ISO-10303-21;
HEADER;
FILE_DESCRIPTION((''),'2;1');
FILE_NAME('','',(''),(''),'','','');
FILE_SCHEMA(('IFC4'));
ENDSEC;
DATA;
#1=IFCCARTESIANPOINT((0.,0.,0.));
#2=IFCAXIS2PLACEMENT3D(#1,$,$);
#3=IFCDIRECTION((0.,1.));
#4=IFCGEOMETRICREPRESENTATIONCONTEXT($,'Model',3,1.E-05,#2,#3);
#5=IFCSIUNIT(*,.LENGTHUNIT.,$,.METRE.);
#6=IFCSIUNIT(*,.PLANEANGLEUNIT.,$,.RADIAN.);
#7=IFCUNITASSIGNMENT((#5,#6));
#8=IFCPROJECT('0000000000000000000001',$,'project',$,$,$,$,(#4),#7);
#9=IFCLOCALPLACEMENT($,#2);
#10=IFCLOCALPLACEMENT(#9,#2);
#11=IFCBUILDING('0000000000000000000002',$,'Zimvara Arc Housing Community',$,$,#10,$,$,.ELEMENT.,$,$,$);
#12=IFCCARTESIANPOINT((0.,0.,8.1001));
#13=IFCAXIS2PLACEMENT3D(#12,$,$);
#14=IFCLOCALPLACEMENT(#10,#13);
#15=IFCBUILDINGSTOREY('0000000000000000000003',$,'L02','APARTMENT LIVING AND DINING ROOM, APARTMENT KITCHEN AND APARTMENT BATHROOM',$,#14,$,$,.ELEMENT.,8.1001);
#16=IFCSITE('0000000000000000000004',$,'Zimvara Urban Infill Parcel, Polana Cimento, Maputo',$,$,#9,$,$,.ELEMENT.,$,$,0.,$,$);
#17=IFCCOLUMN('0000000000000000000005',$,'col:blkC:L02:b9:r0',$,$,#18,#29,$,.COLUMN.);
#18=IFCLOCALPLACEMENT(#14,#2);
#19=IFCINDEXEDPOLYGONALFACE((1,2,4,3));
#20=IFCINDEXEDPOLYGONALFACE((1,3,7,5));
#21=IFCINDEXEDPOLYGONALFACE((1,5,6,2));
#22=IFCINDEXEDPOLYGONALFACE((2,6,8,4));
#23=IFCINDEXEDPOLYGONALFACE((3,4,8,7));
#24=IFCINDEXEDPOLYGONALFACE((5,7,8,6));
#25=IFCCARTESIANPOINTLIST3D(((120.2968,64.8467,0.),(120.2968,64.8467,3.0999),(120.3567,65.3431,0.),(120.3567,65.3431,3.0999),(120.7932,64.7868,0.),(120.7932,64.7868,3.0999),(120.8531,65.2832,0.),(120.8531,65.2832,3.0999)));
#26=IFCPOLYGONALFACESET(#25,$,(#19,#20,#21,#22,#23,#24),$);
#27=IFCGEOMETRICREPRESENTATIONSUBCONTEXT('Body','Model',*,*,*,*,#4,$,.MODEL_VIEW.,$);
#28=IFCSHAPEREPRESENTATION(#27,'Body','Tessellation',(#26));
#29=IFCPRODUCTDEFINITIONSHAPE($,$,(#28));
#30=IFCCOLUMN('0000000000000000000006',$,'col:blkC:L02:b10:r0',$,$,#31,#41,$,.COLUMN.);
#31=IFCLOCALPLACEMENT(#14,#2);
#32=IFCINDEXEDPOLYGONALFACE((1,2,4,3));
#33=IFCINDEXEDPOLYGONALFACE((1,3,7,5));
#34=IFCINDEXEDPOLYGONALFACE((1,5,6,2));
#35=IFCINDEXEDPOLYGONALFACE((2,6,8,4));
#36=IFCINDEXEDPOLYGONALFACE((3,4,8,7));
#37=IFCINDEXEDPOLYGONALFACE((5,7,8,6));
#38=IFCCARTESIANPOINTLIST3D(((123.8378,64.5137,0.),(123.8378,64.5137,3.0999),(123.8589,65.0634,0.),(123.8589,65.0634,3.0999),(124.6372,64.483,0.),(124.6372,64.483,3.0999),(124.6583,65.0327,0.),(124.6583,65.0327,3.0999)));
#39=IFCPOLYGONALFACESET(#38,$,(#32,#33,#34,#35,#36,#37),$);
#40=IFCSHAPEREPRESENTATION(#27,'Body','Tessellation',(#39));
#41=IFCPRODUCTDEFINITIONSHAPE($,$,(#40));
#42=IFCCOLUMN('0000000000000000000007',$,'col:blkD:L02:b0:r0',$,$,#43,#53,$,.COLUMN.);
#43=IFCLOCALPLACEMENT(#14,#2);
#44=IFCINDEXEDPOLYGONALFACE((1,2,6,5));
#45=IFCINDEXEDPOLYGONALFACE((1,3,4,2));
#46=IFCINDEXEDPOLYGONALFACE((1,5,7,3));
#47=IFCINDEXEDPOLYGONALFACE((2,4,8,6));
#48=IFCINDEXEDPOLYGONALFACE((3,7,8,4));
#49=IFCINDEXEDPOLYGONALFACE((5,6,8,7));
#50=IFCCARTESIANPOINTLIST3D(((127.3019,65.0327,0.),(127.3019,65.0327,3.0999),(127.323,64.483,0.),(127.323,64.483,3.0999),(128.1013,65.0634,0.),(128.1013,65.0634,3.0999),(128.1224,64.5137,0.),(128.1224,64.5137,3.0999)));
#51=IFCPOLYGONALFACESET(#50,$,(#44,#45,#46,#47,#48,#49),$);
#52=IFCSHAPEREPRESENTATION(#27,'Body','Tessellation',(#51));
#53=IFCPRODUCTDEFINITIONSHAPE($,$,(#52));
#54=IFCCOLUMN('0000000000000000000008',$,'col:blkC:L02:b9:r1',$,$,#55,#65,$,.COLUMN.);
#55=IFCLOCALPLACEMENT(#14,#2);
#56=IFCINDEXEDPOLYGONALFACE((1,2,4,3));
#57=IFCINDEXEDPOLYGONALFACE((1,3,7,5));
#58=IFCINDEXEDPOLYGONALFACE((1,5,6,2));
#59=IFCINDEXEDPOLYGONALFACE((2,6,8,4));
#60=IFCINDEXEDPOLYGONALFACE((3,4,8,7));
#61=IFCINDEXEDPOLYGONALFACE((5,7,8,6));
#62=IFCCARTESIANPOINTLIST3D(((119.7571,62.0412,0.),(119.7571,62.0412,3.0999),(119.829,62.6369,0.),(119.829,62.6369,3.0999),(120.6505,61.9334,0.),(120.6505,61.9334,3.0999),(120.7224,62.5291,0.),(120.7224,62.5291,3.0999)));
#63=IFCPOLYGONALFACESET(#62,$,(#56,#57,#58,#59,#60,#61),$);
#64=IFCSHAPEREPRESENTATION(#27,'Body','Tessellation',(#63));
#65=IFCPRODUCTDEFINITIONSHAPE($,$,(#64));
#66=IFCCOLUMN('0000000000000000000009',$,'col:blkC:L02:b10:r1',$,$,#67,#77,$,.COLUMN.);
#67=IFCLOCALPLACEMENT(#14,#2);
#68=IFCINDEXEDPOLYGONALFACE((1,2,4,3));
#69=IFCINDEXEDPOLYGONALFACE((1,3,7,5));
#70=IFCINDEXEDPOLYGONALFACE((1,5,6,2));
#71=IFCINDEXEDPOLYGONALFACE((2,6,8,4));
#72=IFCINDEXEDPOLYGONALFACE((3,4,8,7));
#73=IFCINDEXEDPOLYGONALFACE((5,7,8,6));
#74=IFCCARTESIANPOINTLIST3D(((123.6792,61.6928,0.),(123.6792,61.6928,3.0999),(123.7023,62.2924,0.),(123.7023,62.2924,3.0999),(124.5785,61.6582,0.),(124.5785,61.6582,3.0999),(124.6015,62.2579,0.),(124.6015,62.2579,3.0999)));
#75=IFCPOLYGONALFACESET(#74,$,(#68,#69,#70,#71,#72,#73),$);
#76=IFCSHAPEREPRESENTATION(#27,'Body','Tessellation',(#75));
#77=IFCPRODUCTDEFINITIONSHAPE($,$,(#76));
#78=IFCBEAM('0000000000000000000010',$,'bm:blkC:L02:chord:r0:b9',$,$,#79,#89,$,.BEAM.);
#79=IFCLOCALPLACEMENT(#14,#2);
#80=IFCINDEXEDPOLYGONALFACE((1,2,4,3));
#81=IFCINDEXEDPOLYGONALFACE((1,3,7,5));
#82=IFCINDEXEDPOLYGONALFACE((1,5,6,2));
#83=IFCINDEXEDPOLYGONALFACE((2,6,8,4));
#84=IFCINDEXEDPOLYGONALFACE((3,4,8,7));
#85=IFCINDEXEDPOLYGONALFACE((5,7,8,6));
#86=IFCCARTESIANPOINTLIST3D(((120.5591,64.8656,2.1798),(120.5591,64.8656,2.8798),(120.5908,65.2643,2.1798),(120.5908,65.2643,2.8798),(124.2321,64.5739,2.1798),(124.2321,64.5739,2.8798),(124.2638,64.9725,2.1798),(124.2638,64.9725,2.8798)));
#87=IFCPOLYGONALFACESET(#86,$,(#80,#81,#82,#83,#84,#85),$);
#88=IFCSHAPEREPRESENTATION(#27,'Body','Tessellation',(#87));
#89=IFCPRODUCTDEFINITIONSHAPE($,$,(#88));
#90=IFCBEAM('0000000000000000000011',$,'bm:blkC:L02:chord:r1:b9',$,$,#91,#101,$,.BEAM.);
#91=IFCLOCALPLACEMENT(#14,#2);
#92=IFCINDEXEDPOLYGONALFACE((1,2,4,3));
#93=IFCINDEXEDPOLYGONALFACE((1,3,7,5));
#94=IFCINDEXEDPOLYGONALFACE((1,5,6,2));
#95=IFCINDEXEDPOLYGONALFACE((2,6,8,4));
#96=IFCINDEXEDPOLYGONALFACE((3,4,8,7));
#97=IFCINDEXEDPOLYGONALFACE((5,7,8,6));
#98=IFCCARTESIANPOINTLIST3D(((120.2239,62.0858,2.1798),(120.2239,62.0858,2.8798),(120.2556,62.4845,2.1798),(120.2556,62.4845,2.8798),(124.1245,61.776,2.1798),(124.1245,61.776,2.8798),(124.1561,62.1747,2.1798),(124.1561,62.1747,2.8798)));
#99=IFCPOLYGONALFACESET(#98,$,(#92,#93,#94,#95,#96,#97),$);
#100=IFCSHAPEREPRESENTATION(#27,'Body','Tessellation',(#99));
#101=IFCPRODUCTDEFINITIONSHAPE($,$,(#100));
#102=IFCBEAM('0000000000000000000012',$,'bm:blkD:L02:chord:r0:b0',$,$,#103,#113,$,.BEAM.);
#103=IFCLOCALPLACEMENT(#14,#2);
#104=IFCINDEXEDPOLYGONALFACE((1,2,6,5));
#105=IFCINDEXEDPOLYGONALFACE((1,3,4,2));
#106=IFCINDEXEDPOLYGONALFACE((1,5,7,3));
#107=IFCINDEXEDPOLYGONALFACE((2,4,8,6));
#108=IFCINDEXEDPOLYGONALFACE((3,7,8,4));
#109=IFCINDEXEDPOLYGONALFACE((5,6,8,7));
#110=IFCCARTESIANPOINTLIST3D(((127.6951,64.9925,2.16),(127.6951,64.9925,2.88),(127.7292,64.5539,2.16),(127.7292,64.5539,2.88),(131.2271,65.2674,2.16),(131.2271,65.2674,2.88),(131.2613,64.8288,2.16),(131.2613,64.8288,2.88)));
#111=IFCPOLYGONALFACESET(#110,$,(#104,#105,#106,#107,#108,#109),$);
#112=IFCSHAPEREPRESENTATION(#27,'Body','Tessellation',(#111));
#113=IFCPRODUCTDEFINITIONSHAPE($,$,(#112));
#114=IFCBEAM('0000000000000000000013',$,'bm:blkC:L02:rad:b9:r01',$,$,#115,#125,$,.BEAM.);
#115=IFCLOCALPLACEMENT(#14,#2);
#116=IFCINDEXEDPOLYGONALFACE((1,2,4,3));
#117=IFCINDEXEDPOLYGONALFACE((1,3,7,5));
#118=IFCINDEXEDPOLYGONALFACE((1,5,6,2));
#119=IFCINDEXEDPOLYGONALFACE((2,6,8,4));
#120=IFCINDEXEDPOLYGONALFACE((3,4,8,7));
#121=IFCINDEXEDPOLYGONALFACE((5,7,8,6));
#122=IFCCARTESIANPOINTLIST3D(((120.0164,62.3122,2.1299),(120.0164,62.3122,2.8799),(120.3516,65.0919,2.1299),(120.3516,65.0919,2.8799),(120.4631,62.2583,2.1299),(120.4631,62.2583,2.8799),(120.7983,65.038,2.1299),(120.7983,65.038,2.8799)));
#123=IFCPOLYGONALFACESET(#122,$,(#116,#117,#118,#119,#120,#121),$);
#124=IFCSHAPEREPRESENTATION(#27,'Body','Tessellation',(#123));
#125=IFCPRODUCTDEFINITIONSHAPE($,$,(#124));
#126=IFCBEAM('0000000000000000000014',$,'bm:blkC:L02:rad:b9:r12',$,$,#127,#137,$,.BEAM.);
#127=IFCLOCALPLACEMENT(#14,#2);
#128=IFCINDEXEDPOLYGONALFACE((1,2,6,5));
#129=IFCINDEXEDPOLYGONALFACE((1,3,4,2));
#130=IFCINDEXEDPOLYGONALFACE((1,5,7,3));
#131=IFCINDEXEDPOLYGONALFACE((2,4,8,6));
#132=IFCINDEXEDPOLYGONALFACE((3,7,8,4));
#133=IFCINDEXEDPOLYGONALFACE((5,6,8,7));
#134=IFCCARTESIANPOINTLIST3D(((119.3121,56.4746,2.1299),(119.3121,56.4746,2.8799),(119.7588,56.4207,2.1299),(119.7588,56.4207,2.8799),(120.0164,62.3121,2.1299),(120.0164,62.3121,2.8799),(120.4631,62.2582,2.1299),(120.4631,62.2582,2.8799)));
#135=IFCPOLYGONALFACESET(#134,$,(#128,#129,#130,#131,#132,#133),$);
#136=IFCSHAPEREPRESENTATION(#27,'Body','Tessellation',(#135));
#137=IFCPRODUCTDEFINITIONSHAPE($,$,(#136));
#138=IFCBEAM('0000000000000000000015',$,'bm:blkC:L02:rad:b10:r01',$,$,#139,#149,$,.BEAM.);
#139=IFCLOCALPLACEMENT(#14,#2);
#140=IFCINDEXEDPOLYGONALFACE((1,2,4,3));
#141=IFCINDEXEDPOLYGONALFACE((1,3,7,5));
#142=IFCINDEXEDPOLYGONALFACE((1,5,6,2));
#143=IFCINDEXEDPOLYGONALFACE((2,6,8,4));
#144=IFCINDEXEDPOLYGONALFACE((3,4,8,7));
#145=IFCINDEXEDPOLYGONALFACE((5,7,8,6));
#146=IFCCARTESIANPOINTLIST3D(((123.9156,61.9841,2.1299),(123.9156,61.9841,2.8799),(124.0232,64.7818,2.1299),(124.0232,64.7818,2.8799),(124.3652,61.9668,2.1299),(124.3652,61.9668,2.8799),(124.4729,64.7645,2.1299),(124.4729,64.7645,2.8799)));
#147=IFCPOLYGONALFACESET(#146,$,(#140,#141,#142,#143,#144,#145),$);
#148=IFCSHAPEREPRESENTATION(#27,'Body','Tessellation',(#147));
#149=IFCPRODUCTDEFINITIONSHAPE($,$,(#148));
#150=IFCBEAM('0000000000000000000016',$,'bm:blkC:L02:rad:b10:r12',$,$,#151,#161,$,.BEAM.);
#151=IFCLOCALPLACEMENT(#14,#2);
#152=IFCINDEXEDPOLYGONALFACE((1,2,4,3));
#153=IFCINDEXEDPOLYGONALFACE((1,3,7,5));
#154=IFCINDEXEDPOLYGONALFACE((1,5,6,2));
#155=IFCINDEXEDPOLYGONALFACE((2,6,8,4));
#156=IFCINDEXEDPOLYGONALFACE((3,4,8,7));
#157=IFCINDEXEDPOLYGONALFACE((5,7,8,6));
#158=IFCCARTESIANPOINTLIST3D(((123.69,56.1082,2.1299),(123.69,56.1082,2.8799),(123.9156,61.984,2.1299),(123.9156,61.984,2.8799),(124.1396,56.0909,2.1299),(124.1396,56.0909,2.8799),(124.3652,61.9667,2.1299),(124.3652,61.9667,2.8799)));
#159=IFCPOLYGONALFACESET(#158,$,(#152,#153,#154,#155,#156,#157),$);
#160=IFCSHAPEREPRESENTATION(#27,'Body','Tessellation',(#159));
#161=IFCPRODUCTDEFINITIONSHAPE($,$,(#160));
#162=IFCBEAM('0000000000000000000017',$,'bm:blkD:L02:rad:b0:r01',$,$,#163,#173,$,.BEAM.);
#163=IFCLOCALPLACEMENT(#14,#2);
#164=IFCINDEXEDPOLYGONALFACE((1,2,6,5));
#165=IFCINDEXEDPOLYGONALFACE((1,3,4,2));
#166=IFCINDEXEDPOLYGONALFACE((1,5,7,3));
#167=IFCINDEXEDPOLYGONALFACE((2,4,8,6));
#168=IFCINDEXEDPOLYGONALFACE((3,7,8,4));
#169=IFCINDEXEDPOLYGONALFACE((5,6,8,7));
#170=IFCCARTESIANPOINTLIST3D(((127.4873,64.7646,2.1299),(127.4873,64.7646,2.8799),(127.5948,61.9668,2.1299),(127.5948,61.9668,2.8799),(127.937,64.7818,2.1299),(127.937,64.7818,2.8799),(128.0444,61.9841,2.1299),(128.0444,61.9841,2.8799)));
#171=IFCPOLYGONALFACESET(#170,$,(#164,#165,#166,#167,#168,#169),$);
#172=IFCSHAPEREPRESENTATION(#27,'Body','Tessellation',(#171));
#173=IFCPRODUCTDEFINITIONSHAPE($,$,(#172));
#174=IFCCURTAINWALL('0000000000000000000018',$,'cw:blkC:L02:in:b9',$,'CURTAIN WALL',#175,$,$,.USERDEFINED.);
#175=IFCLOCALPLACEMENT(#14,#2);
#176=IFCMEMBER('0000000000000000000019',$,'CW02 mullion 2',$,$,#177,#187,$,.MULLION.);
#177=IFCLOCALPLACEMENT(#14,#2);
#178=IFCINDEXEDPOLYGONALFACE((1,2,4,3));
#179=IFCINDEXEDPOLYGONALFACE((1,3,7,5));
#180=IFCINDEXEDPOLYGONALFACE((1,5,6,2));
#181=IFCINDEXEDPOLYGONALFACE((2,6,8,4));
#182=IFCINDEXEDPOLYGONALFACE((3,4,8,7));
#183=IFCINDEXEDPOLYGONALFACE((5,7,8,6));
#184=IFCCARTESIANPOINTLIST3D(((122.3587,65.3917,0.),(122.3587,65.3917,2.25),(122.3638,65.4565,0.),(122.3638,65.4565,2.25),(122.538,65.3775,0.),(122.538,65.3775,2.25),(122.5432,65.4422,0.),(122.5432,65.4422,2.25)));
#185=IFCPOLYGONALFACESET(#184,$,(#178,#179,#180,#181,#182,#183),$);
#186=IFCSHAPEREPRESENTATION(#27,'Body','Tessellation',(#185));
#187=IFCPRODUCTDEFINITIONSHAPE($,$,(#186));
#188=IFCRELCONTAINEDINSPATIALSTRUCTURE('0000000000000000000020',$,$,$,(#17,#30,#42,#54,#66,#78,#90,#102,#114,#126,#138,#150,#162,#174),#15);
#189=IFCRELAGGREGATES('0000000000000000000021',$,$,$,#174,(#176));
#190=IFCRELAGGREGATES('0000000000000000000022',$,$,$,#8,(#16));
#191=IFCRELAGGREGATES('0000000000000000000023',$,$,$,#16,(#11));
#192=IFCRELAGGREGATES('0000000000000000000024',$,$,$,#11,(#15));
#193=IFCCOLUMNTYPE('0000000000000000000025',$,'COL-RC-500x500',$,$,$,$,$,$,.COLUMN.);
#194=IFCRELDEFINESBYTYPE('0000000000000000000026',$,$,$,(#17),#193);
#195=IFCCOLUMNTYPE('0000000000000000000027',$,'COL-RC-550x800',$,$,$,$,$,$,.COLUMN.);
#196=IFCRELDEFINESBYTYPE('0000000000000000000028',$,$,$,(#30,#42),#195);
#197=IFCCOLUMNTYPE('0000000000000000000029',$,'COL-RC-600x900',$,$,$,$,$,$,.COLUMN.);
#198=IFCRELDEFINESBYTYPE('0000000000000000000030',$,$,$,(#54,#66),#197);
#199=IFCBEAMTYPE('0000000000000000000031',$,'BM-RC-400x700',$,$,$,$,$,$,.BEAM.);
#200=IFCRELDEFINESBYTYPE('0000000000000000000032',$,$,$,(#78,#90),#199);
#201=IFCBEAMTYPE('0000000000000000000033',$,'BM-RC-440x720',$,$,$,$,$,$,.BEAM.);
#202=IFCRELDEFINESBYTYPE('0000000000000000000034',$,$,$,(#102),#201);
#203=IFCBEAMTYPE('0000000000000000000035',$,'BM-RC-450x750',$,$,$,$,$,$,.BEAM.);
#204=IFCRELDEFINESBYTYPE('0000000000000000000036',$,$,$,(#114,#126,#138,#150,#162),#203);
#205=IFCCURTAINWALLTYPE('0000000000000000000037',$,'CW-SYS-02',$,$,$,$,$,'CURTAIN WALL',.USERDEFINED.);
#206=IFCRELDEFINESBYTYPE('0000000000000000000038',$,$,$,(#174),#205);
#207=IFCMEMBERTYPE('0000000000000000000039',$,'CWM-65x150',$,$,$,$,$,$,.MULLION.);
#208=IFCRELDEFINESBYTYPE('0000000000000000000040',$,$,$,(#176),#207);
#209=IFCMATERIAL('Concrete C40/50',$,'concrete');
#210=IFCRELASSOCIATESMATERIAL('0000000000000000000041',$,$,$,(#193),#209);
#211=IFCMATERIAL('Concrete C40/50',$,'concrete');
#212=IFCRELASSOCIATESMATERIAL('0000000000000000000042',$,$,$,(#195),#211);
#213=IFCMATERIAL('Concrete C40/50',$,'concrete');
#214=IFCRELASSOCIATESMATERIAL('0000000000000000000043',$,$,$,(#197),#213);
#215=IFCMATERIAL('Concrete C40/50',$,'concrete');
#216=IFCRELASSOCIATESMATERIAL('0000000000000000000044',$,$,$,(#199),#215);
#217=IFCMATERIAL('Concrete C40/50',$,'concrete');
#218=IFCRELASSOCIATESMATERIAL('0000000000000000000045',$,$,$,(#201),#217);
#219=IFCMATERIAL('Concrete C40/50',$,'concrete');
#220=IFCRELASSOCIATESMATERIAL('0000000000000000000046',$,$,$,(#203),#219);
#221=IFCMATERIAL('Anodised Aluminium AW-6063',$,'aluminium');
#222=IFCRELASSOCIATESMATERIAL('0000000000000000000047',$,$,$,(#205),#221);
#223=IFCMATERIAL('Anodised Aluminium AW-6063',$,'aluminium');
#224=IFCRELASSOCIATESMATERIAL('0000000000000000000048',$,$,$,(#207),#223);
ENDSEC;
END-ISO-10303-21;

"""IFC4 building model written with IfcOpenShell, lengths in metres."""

from ifc_helpers import new_model, si_unit, direction, frame, origin, origin_2d, place, context, subcontext, project, spatial, rectangle, extrude, material, material_profile, profile_set, type_object, element, aggregate, save


model = new_model("IFC4")

# Units and contexts
model_context = context("Model", 3, precision=1e-05, world=origin(), true_north=direction((0.0, 1.0)))
body_context = subcontext(model_context, "Body", "Model", "MODEL_VIEW")
ifc_project = project(units=[si_unit("LENGTHUNIT", "METRE"), si_unit("PLANEANGLEUNIT", "RADIAN")], contexts=[model_context])

# Site, building, storey
site_placement = place(None, origin())
site = spatial("IfcSite", under=ifc_project, at=site_placement, Name="Zimvara Urban Infill Parcel, Polana Cimento, Maputo", CompositionType="ELEMENT", RefElevation=0.0)
building_placement = place(site_placement, origin())
building = spatial("IfcBuilding", under=site, at=building_placement, Name="Zimvara Arc Housing Community", CompositionType="ELEMENT")
storey_placement = place(building_placement, frame((0.0, 0.0, 8.1001)))
storey = spatial("IfcBuildingStorey", under=building, at=storey_placement, Name="L02", Description="APARTMENT LIVING AND DINING ROOM, APARTMENT KITCHEN AND APARTMENT BATHROOM", CompositionType="ELEMENT", Elevation=8.1001)

# Columns
ifc_material_1 = material(Name="Concrete C40/50", Category="concrete")
ifc_material_profile_1 = material_profile(ifc_material_1, rectangle(XDim=0.5, YDim=0.5, at=origin_2d()), Name="RC 500x500")
ifc_profile_set_1 = profile_set([ifc_material_profile_1], Name="Concrete C40/50")
column_type_1 = type_object("IfcColumnType", Name="COL-RC-500x500", PredefinedType="COLUMN", material=ifc_profile_set_1)
column_placement = place(storey_placement, frame((120.575, 65.0649, 0.0), z_axis=(0.0, 0.0, 1.0), x_axis=(-0.11979, -0.992799, 0.0)))
element("IfcColumn", 1, at=column_placement, inside=storey, type_object=column_type_1, Name="col:blkC:L02:b9:r0", PredefinedType="COLUMN", context=body_context, shape_type="SweptSolid", body=[
    extrude(rectangle(XDim=0.5, YDim=0.5, at=origin_2d()), origin(), (0.0, 0.0, 1.0), 3.0999),
])
ifc_material_2 = material(Name="Concrete C40/50", Category="concrete")
ifc_material_profile_2 = material_profile(ifc_material_2, rectangle(XDim=0.55, YDim=0.8, at=origin_2d()), Name="RC 550x800")
ifc_profile_set_2 = profile_set([ifc_material_profile_2], Name="Concrete C40/50")
column_type_2 = type_object("IfcColumnType", Name="COL-RC-550x800", PredefinedType="COLUMN", material=ifc_profile_set_2)
for number, where, z_axis, x_axis, name in (
    (2, (124.248, 64.7732, 0.0), (0.0, 0.0, 1.0), (-0.038388, -0.999263, 0.0), "col:blkC:L02:b10:r0"),
    (3, (127.7122, 64.7732, 0.0), (0.0, 0.0, 1.0), (0.038388, -0.999263, 0.0), "col:blkD:L02:b0:r0"),
):
    element("IfcColumn", number, at=place(storey_placement, frame(where, z_axis=z_axis, x_axis=x_axis)), inside=storey, type_object=column_type_2, Name=name, PredefinedType="COLUMN", context=body_context, shape_type="SweptSolid", body=[
        extrude(rectangle(XDim=0.55, YDim=0.8, at=origin_2d()), origin(), (0.0, 0.0, 1.0), 3.0999),
    ])
ifc_material_3 = material(Name="Concrete C40/50", Category="concrete")
ifc_material_profile_3 = material_profile(ifc_material_3, rectangle(XDim=0.6001, YDim=0.8999, at=origin_2d()), Name="RC 600x900")
ifc_profile_set_3 = profile_set([ifc_material_profile_3], Name="Concrete C40/50")
column_type_3 = type_object("IfcColumnType", Name="COL-RC-600x900", PredefinedType="COLUMN", material=ifc_profile_set_3)
for number, where, z_axis, x_axis, name in (
    (4, (120.2397, 62.2852, 0.0), (0.0, 0.0, 1.0), (-0.11979, -0.992799, 0.0), "col:blkC:L02:b9:r1"),
    (5, (124.1404, 61.9753, 0.0), (0.0, 0.0, 1.0), (-0.038388, -0.999263, 0.0), "col:blkC:L02:b10:r1"),
):
    element("IfcColumn", number, at=place(storey_placement, frame(where, z_axis=z_axis, x_axis=x_axis)), inside=storey, type_object=column_type_3, Name=name, PredefinedType="COLUMN", context=body_context, shape_type="SweptSolid", body=[
        extrude(rectangle(XDim=0.6001, YDim=0.8999, at=origin_2d()), origin(), (0.0, 0.0, 1.0), 3.0999),
    ])

# Beams
ifc_material_4 = material(Name="Concrete C40/50", Category="concrete")
ifc_material_profile_4 = material_profile(ifc_material_4, rectangle(XDim=0.3999, YDim=0.7, at=origin_2d()), Name="RC 400x700")
ifc_profile_set_4 = profile_set([ifc_material_profile_4], Name="Concrete C40/50")
beam_type_1 = type_object("IfcBeamType", Name="BM-RC-400x700", PredefinedType="BEAM", material=ifc_profile_set_4)
beam_1_placement = place(storey_placement, frame((120.575, 65.0649, 2.5298), z_axis=(0.99686, -0.079179, 0.0), x_axis=(0.079179, 0.99686, 0.0)))
element("IfcBeam", 6, at=beam_1_placement, inside=storey, type_object=beam_type_1, Name="bm:blkC:L02:chord:r0:b9", PredefinedType="BEAM", context=body_context, shape_type="SweptSolid", body=[
    extrude(rectangle(XDim=0.3999, YDim=0.7, at=origin_2d()), origin(), (0.0, 0.0, 1.0), 3.6846),
])
beam_2_placement = place(storey_placement, frame((120.2397, 62.2852, 2.5298), z_axis=(0.996861, -0.079177, 0.0), x_axis=(0.079177, 0.996861, 0.0)))
element("IfcBeam", 7, at=beam_2_placement, inside=storey, type_object=beam_type_1, Name="bm:blkC:L02:chord:r1:b9", PredefinedType="BEAM", context=body_context, shape_type="SweptSolid", body=[
    extrude(rectangle(XDim=0.3999, YDim=0.7, at=origin_2d()), origin(), (0.0, 0.0, 1.0), 3.9128),
])
ifc_material_5 = material(Name="Concrete C40/50", Category="concrete")
ifc_material_profile_5 = material_profile(ifc_material_5, rectangle(XDim=0.4399, YDim=0.72, at=origin_2d()), Name="RC 440x720")
ifc_profile_set_5 = profile_set([ifc_material_profile_5], Name="Concrete C40/50")
beam_type_2 = type_object("IfcBeamType", Name="BM-RC-440x720", PredefinedType="BEAM", material=ifc_profile_set_5)
beam_3_placement = place(storey_placement, frame((127.7122, 64.7732, 2.52), z_axis=(0.996985, 0.077598, 0.0), x_axis=(-0.077598, 0.996985, 0.0)))
element("IfcBeam", 8, at=beam_3_placement, inside=storey, type_object=beam_type_2, Name="bm:blkD:L02:chord:r0:b0", PredefinedType="BEAM", context=body_context, shape_type="SweptSolid", body=[
    extrude(rectangle(XDim=0.4399, YDim=0.72, at=origin_2d()), origin(), (0.0, 0.0, 1.0), 3.5427),
])
ifc_material_6 = material(Name="Concrete C40/50", Category="concrete")
ifc_material_profile_6 = material_profile(ifc_material_6, rectangle(XDim=0.45, YDim=0.75, at=origin_2d()), Name="RC 450x750")
ifc_profile_set_6 = profile_set([ifc_material_profile_6], Name="Concrete C40/50")
beam_type_3 = type_object("IfcBeamType", Name="BM-RC-450x750", PredefinedType="BEAM", material=ifc_profile_set_6)
beam_4_placement = place(storey_placement, frame((120.575, 65.0649, 2.5049), z_axis=(-0.119719, -0.992808, 0.0), x_axis=(0.992808, -0.119719, 0.0)))
element("IfcBeam", 9, at=beam_4_placement, inside=storey, type_object=beam_type_3, Name="bm:blkC:L02:rad:b9:r01", PredefinedType="BEAM", context=body_context, shape_type="SweptSolid", body=[
    extrude(rectangle(XDim=0.45, YDim=0.75, at=origin_2d()), origin(), (0.0, 0.0, 1.0), 2.7998),
])
beam_5_placement = place(storey_placement, frame((120.2397, 62.2852, 2.5049), z_axis=(-0.119787, -0.9928, 0.0), x_axis=(0.9928, -0.119787, 0.0)))
element("IfcBeam", 10, at=beam_5_placement, inside=storey, type_object=beam_type_3, Name="bm:blkC:L02:rad:b9:r12", PredefinedType="BEAM", context=body_context, shape_type="SweptSolid", body=[
    extrude(rectangle(XDim=0.45, YDim=0.75, at=origin_2d()), origin(), (0.0, 0.0, 1.0), 5.8799),
])
beam_6_placement = place(storey_placement, frame((124.248, 64.7732, 2.5049), z_axis=(-0.038453, -0.99926, 0.0), x_axis=(0.99926, -0.038453, 0.0)))
element("IfcBeam", 11, at=beam_6_placement, inside=storey, type_object=beam_type_3, Name="bm:blkC:L02:rad:b10:r01", PredefinedType="BEAM", context=body_context, shape_type="SweptSolid", body=[
    extrude(rectangle(XDim=0.45, YDim=0.75, at=origin_2d()), origin(), (0.0, 0.0, 1.0), 2.7998),
])
beam_7_placement = place(storey_placement, frame((124.1404, 61.9753, 2.5049), z_axis=(-0.038365, -0.999264, 0.0), x_axis=(0.999264, -0.038365, 0.0)))
element("IfcBeam", 12, at=beam_7_placement, inside=storey, type_object=beam_type_3, Name="bm:blkC:L02:rad:b10:r12", PredefinedType="BEAM", context=body_context, shape_type="SweptSolid", body=[
    extrude(rectangle(XDim=0.45, YDim=0.75, at=origin_2d()), origin(), (0.0, 0.0, 1.0), 5.8801),
])
beam_8_placement = place(storey_placement, frame((127.7122, 64.7732, 2.5049), z_axis=(0.038366, -0.999264, 0.0), x_axis=(0.999264, 0.038366, 0.0)))
element("IfcBeam", 13, at=beam_8_placement, inside=storey, type_object=beam_type_3, Name="bm:blkD:L02:rad:b0:r01", PredefinedType="BEAM", context=body_context, shape_type="SweptSolid", body=[
    extrude(rectangle(XDim=0.45, YDim=0.75, at=origin_2d()), origin(), (0.0, 0.0, 1.0), 2.7998),
])

# Curtain wall, member
ifc_material_7 = material(Name="Anodised Aluminium AW-6063", Category="aluminium")
curtain_wall_type_1 = type_object("IfcCurtainWallType", Name="CW-SYS-02", ElementType="CURTAIN WALL", PredefinedType="USERDEFINED", material=ifc_material_7)
curtain_wall_1_placement = place(storey_placement, origin())
curtain_wall_1 = element("IfcCurtainWall", 14, at=curtain_wall_1_placement, inside=storey, type_object=curtain_wall_type_1, Name="cw:blkC:L02:in:b9", ObjectType="CURTAIN WALL", PredefinedType="USERDEFINED")
ifc_material_8 = material(Name="Anodised Aluminium AW-6063", Category="aluminium")
ifc_material_profile_7 = material_profile(ifc_material_8, rectangle(XDim=0.0649, YDim=0.1799, at=origin_2d()), Name="ALU 65x180")
ifc_profile_set_7 = profile_set([ifc_material_profile_7], Name="Anodised Aluminium AW-6063")
member_type_1 = type_object("IfcMemberType", Name="CWM-65x150", PredefinedType="MULLION", material=ifc_profile_set_7)
member_1_placement = place(storey_placement, frame((122.4509, 65.417, 0.0), z_axis=(0.0, 0.0, 1.0), x_axis=(0.079155, 0.996862, 0.0)))
member_1 = element("IfcMember", 15, at=member_1_placement, type_object=member_type_1, Name="CW02 mullion 2", PredefinedType="MULLION", context=body_context, shape_type="SweptSolid", body=[
    extrude(rectangle(XDim=0.0649, YDim=0.1799, at=origin_2d()), origin(), (0.0, 0.0, 1.0), 2.25),
])

aggregate(curtain_wall_1, [member_1])

save(model, "model.ifc")
